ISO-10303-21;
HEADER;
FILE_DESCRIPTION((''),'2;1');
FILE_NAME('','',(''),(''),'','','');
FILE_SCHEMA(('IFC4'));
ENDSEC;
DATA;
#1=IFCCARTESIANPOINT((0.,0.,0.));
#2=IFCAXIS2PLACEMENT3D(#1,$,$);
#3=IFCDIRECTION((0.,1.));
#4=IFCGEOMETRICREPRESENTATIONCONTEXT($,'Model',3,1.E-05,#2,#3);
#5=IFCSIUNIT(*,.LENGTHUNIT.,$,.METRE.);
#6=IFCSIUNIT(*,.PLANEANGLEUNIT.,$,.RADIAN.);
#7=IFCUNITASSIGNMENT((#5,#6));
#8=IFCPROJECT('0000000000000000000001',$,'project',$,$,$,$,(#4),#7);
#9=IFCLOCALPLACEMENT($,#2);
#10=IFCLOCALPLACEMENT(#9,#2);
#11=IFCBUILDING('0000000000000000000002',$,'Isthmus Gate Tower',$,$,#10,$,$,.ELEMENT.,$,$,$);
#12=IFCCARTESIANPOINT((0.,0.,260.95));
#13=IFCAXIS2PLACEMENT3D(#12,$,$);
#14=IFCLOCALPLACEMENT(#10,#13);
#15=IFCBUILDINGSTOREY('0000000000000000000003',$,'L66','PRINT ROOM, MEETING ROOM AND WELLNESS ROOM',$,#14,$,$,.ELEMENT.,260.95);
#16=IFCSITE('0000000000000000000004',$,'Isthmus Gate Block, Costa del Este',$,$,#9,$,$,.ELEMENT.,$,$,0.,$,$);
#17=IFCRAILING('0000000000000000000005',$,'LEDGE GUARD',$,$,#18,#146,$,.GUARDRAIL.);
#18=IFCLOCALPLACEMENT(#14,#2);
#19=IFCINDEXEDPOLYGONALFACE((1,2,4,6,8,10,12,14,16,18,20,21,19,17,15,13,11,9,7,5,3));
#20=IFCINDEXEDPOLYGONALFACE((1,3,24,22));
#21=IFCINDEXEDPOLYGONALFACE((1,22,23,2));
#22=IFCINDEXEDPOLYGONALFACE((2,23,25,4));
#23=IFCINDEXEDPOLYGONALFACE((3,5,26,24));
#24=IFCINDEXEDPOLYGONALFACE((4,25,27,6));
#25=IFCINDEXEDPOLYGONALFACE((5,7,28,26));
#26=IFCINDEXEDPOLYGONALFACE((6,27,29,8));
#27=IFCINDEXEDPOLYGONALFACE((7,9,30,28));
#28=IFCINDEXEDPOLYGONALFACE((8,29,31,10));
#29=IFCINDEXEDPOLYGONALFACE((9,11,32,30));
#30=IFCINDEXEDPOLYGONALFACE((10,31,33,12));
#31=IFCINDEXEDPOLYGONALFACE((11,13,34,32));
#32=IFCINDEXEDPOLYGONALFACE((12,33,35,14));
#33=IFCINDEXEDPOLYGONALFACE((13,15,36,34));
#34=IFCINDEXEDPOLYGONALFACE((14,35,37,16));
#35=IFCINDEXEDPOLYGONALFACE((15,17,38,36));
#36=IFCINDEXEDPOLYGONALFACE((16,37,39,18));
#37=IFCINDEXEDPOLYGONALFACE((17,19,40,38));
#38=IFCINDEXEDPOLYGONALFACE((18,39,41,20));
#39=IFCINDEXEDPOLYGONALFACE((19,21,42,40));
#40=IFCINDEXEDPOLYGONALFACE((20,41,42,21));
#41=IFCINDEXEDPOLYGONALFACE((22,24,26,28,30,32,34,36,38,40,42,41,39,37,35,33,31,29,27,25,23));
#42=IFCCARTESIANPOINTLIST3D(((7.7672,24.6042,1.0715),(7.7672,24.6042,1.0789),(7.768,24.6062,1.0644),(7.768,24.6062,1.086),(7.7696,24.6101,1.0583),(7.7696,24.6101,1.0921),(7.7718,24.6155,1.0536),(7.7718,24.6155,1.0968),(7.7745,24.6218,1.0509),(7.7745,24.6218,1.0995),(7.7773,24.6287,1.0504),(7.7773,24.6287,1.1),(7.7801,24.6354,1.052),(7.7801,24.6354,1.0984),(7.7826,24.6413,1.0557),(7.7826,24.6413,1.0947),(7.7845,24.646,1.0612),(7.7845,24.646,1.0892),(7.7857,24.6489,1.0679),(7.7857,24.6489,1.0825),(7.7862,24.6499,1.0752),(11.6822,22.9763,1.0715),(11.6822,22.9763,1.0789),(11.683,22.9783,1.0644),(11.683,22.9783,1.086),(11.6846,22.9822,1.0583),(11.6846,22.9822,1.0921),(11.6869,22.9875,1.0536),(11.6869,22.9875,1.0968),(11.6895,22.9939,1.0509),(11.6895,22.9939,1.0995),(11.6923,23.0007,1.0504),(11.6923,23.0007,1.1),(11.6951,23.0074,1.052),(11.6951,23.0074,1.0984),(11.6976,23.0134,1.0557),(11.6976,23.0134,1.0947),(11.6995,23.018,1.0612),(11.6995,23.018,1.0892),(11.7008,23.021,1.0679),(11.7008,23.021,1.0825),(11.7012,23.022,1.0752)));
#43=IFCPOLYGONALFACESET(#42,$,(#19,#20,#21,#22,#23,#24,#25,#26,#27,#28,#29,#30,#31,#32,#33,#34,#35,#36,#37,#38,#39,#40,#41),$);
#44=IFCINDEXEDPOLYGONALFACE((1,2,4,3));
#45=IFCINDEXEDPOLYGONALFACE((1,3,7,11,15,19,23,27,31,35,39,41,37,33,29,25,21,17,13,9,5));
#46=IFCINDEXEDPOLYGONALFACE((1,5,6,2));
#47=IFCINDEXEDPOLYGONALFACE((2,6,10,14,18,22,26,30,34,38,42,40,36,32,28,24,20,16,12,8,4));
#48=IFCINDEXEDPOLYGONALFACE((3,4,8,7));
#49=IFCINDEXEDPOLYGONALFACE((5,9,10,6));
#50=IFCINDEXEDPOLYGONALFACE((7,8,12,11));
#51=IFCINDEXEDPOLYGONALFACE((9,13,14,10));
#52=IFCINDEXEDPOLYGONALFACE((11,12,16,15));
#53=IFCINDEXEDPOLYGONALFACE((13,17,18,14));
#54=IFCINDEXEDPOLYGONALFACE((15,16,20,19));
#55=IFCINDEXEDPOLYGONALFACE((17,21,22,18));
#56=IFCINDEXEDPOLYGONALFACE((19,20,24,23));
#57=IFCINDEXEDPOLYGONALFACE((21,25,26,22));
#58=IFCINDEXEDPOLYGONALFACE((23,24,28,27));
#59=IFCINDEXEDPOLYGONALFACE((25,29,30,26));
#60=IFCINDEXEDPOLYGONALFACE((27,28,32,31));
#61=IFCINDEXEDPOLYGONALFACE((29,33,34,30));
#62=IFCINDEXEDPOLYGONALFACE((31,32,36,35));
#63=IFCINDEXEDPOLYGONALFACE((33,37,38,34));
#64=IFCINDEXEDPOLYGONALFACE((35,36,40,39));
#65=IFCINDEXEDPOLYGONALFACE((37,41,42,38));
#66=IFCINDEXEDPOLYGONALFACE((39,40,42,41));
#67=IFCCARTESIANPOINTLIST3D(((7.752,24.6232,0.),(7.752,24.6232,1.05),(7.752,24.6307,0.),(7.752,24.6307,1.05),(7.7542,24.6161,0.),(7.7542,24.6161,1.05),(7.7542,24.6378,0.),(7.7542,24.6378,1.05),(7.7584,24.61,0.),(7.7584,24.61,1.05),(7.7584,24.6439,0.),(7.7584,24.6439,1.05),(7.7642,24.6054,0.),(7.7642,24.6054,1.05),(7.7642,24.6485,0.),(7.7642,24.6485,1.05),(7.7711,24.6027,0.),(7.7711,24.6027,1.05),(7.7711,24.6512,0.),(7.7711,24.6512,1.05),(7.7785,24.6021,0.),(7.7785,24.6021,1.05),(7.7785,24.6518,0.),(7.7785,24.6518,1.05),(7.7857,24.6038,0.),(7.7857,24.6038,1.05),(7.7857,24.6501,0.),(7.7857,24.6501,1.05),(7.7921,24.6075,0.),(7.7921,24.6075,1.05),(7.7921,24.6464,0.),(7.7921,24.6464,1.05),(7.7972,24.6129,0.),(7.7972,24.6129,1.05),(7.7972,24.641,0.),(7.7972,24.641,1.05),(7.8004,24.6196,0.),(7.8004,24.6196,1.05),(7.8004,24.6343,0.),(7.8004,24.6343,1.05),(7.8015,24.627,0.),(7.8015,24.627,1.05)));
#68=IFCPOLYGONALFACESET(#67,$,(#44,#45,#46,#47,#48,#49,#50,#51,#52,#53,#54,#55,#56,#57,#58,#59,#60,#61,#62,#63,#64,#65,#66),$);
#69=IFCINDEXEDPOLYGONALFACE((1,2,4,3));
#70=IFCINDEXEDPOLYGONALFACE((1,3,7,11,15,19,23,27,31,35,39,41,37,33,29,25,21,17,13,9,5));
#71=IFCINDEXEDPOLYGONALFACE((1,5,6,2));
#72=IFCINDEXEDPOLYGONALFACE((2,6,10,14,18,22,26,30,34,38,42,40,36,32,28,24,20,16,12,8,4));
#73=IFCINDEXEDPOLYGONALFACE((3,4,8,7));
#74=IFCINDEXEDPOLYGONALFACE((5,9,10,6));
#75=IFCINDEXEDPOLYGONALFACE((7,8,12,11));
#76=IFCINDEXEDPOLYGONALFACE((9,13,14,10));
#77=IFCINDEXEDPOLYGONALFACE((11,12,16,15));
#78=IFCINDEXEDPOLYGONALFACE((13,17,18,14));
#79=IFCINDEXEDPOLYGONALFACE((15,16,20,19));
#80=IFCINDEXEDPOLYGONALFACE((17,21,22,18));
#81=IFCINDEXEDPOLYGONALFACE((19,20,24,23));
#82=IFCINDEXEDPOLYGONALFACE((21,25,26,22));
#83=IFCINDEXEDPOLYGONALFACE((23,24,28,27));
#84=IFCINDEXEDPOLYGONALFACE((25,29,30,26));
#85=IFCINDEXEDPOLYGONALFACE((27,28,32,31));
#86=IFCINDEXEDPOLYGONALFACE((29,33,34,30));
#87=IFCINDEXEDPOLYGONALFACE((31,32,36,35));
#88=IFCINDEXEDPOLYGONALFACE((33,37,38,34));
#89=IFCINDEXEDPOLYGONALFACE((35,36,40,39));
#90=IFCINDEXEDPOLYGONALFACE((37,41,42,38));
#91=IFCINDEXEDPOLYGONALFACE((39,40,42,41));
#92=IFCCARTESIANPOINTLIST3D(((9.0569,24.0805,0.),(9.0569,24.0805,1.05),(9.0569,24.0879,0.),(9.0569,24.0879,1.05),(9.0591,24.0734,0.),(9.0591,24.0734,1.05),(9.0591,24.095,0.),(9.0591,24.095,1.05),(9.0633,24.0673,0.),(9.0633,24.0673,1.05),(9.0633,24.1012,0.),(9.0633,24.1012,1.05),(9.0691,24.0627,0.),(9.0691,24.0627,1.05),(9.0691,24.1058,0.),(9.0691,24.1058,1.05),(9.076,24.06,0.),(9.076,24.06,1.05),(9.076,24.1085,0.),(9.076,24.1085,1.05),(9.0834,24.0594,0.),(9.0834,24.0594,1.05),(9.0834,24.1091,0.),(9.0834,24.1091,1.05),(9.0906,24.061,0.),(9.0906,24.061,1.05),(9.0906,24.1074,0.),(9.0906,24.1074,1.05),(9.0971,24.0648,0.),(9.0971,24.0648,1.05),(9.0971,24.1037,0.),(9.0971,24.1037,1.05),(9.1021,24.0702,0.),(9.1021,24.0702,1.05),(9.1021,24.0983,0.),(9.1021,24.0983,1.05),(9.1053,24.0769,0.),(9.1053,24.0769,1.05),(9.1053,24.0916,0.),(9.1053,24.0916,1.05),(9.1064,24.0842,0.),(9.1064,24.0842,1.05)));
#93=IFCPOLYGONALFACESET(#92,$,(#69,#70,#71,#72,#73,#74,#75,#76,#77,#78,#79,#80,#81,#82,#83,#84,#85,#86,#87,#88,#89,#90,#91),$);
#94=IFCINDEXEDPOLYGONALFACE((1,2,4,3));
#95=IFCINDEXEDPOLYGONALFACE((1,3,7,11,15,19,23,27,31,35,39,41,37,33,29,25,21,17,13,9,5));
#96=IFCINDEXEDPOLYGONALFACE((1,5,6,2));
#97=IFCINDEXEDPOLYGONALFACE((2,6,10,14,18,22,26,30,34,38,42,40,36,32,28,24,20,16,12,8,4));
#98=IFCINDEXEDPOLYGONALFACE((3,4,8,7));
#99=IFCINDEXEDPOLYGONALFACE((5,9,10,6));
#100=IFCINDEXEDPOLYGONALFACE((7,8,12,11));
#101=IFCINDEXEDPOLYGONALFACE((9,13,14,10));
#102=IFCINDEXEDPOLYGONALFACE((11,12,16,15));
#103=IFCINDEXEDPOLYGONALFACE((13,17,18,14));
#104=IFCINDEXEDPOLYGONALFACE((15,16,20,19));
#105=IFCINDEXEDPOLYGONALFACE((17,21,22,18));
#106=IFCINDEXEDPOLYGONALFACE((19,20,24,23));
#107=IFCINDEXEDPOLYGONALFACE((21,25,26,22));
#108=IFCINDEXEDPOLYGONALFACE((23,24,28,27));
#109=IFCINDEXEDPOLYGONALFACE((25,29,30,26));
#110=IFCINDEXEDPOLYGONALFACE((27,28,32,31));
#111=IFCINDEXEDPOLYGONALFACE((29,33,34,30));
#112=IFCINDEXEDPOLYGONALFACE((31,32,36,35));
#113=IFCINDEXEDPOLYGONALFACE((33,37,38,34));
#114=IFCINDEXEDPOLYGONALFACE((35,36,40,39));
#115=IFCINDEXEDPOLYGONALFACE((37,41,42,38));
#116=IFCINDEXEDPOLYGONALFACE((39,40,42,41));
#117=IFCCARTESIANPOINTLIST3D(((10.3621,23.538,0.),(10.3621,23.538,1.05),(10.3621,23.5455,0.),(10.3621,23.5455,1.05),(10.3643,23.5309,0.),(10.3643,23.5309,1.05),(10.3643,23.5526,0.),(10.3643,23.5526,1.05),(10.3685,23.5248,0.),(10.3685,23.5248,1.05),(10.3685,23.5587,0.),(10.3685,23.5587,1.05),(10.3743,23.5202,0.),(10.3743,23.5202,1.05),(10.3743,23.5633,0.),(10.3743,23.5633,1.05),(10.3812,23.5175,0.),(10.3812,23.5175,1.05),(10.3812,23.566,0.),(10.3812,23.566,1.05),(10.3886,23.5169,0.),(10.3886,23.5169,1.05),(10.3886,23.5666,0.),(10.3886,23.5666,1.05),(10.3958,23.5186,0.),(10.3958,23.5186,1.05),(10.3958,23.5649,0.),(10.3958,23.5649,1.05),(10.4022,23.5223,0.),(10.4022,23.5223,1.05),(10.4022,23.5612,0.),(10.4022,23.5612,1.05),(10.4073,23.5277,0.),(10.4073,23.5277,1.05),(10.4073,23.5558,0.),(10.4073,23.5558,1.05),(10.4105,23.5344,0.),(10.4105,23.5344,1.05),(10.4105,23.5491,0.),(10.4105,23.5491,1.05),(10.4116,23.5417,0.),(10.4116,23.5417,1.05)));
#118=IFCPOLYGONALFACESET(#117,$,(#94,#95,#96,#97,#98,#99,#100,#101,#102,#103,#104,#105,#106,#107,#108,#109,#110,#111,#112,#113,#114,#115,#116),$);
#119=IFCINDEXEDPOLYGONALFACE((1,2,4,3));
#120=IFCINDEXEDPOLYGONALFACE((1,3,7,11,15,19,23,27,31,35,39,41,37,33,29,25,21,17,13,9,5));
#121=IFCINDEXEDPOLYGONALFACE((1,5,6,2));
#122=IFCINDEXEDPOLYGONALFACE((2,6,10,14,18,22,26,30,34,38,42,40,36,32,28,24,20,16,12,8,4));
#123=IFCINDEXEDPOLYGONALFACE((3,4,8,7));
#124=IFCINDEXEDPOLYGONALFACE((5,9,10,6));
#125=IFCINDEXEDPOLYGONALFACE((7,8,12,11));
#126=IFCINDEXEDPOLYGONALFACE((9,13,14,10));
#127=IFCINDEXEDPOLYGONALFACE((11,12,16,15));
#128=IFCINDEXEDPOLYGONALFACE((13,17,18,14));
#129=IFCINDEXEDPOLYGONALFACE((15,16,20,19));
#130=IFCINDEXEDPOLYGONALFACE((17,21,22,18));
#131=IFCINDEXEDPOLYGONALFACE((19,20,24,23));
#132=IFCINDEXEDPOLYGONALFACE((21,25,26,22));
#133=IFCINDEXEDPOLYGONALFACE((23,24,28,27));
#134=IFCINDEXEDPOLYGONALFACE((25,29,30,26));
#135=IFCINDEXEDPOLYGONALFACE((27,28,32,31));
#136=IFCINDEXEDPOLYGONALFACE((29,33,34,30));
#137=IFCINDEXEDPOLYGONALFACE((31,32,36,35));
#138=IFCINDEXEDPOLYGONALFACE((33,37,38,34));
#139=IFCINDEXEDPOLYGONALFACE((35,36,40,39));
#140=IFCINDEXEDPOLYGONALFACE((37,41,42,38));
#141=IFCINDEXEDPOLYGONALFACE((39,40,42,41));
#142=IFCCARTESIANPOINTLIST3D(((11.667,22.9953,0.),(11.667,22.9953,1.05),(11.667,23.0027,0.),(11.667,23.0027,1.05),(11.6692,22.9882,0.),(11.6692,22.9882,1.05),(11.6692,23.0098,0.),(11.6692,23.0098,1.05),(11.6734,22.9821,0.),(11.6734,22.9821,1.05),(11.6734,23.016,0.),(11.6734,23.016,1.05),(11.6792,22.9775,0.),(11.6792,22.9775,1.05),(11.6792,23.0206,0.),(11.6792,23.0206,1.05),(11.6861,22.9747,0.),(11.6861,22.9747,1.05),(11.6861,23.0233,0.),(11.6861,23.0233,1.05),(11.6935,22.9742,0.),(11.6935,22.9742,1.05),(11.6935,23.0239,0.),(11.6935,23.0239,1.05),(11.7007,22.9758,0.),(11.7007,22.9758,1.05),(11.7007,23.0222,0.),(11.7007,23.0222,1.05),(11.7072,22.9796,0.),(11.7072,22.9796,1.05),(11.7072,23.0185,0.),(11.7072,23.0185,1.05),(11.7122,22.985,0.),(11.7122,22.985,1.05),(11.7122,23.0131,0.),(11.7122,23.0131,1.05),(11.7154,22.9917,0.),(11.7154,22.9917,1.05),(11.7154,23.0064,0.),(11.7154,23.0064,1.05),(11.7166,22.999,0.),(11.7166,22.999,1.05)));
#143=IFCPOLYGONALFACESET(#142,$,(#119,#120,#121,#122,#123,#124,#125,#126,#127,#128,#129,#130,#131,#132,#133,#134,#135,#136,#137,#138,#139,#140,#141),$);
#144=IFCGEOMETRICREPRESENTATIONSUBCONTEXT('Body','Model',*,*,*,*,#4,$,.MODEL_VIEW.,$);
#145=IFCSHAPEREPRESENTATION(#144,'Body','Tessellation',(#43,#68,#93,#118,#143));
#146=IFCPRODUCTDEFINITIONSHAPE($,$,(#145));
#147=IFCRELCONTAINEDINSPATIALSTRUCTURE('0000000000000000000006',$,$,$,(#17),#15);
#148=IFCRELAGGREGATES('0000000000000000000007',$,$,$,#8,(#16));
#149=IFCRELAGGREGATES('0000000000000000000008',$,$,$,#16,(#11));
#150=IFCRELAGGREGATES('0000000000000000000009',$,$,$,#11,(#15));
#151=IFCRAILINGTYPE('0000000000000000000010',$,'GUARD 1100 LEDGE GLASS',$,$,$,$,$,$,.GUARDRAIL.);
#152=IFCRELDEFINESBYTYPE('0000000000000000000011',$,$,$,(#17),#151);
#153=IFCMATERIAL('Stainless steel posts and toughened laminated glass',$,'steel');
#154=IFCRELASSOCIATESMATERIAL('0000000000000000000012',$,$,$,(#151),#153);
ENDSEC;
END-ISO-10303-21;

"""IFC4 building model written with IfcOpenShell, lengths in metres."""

from ifc_helpers import new_model, si_unit, direction, frame, origin, origin_2d, place, context, subcontext, project, spatial, circle, extrude, material, type_object, element, save


model = new_model("IFC4")

# Units and contexts
model_context = context("Model", 3, precision=1e-05, world=origin(), true_north=direction((0.0, 1.0)))
body_context = subcontext(model_context, "Body", "Model", "MODEL_VIEW")
ifc_project = project(units=[si_unit("LENGTHUNIT", "METRE"), si_unit("PLANEANGLEUNIT", "RADIAN")], contexts=[model_context])

# Site, building, storey
site_placement = place(None, origin())
site = spatial("IfcSite", under=ifc_project, at=site_placement, Name="Isthmus Gate Block, Costa del Este", CompositionType="ELEMENT", RefElevation=0.0)
building_placement = place(site_placement, origin())
building = spatial("IfcBuilding", under=site, at=building_placement, Name="Isthmus Gate Tower", CompositionType="ELEMENT")
storey_placement = place(building_placement, frame((0.0, 0.0, 260.95)))
storey = spatial("IfcBuildingStorey", under=building, at=storey_placement, Name="L66", Description="PRINT ROOM, MEETING ROOM AND WELLNESS ROOM", CompositionType="ELEMENT", Elevation=260.95)

# Railing
ifc_material_1 = material(Name="Stainless steel posts and toughened laminated glass", Category="steel")
railing_type_1 = type_object("IfcRailingType", Name="GUARD 1100 LEDGE GLASS", PredefinedType="GUARDRAIL", material=ifc_material_1)
railing_1_placement = place(storey_placement, frame((7.7766, 24.627, 0.0)))
element("IfcRailing", 1, at=railing_1_placement, inside=storey, type_object=railing_type_1, Name="LEDGE GUARD", PredefinedType="GUARDRAIL", context=body_context, shape_type="SweptSolid", body=[
    extrude(circle(Radius=0.0249, at=origin_2d()), frame((0.0, 0.0, 1.0752), z_axis=(0.923356, -0.383945, 0.0), x_axis=(0.383945, 0.923356, 0.0)), (0.0, 0.0, 1.0), 4.24),
    extrude(circle(Radius=0.0249, at=origin_2d()), origin(), (0.0, 0.0, 1.0), 1.05),
    extrude(circle(Radius=0.0249, at=origin_2d()), frame((1.3049, -0.5427, 0.0)), (0.0, 0.0, 1.0), 1.05),
    extrude(circle(Radius=0.0249, at=origin_2d()), frame((2.6101, -1.0852, 0.0)), (0.0, 0.0, 1.0), 1.05),
    extrude(circle(Radius=0.0249, at=origin_2d()), frame((3.915, -1.6279, 0.0)), (0.0, 0.0, 1.0), 1.05),
])

save(model, "model.ifc")
